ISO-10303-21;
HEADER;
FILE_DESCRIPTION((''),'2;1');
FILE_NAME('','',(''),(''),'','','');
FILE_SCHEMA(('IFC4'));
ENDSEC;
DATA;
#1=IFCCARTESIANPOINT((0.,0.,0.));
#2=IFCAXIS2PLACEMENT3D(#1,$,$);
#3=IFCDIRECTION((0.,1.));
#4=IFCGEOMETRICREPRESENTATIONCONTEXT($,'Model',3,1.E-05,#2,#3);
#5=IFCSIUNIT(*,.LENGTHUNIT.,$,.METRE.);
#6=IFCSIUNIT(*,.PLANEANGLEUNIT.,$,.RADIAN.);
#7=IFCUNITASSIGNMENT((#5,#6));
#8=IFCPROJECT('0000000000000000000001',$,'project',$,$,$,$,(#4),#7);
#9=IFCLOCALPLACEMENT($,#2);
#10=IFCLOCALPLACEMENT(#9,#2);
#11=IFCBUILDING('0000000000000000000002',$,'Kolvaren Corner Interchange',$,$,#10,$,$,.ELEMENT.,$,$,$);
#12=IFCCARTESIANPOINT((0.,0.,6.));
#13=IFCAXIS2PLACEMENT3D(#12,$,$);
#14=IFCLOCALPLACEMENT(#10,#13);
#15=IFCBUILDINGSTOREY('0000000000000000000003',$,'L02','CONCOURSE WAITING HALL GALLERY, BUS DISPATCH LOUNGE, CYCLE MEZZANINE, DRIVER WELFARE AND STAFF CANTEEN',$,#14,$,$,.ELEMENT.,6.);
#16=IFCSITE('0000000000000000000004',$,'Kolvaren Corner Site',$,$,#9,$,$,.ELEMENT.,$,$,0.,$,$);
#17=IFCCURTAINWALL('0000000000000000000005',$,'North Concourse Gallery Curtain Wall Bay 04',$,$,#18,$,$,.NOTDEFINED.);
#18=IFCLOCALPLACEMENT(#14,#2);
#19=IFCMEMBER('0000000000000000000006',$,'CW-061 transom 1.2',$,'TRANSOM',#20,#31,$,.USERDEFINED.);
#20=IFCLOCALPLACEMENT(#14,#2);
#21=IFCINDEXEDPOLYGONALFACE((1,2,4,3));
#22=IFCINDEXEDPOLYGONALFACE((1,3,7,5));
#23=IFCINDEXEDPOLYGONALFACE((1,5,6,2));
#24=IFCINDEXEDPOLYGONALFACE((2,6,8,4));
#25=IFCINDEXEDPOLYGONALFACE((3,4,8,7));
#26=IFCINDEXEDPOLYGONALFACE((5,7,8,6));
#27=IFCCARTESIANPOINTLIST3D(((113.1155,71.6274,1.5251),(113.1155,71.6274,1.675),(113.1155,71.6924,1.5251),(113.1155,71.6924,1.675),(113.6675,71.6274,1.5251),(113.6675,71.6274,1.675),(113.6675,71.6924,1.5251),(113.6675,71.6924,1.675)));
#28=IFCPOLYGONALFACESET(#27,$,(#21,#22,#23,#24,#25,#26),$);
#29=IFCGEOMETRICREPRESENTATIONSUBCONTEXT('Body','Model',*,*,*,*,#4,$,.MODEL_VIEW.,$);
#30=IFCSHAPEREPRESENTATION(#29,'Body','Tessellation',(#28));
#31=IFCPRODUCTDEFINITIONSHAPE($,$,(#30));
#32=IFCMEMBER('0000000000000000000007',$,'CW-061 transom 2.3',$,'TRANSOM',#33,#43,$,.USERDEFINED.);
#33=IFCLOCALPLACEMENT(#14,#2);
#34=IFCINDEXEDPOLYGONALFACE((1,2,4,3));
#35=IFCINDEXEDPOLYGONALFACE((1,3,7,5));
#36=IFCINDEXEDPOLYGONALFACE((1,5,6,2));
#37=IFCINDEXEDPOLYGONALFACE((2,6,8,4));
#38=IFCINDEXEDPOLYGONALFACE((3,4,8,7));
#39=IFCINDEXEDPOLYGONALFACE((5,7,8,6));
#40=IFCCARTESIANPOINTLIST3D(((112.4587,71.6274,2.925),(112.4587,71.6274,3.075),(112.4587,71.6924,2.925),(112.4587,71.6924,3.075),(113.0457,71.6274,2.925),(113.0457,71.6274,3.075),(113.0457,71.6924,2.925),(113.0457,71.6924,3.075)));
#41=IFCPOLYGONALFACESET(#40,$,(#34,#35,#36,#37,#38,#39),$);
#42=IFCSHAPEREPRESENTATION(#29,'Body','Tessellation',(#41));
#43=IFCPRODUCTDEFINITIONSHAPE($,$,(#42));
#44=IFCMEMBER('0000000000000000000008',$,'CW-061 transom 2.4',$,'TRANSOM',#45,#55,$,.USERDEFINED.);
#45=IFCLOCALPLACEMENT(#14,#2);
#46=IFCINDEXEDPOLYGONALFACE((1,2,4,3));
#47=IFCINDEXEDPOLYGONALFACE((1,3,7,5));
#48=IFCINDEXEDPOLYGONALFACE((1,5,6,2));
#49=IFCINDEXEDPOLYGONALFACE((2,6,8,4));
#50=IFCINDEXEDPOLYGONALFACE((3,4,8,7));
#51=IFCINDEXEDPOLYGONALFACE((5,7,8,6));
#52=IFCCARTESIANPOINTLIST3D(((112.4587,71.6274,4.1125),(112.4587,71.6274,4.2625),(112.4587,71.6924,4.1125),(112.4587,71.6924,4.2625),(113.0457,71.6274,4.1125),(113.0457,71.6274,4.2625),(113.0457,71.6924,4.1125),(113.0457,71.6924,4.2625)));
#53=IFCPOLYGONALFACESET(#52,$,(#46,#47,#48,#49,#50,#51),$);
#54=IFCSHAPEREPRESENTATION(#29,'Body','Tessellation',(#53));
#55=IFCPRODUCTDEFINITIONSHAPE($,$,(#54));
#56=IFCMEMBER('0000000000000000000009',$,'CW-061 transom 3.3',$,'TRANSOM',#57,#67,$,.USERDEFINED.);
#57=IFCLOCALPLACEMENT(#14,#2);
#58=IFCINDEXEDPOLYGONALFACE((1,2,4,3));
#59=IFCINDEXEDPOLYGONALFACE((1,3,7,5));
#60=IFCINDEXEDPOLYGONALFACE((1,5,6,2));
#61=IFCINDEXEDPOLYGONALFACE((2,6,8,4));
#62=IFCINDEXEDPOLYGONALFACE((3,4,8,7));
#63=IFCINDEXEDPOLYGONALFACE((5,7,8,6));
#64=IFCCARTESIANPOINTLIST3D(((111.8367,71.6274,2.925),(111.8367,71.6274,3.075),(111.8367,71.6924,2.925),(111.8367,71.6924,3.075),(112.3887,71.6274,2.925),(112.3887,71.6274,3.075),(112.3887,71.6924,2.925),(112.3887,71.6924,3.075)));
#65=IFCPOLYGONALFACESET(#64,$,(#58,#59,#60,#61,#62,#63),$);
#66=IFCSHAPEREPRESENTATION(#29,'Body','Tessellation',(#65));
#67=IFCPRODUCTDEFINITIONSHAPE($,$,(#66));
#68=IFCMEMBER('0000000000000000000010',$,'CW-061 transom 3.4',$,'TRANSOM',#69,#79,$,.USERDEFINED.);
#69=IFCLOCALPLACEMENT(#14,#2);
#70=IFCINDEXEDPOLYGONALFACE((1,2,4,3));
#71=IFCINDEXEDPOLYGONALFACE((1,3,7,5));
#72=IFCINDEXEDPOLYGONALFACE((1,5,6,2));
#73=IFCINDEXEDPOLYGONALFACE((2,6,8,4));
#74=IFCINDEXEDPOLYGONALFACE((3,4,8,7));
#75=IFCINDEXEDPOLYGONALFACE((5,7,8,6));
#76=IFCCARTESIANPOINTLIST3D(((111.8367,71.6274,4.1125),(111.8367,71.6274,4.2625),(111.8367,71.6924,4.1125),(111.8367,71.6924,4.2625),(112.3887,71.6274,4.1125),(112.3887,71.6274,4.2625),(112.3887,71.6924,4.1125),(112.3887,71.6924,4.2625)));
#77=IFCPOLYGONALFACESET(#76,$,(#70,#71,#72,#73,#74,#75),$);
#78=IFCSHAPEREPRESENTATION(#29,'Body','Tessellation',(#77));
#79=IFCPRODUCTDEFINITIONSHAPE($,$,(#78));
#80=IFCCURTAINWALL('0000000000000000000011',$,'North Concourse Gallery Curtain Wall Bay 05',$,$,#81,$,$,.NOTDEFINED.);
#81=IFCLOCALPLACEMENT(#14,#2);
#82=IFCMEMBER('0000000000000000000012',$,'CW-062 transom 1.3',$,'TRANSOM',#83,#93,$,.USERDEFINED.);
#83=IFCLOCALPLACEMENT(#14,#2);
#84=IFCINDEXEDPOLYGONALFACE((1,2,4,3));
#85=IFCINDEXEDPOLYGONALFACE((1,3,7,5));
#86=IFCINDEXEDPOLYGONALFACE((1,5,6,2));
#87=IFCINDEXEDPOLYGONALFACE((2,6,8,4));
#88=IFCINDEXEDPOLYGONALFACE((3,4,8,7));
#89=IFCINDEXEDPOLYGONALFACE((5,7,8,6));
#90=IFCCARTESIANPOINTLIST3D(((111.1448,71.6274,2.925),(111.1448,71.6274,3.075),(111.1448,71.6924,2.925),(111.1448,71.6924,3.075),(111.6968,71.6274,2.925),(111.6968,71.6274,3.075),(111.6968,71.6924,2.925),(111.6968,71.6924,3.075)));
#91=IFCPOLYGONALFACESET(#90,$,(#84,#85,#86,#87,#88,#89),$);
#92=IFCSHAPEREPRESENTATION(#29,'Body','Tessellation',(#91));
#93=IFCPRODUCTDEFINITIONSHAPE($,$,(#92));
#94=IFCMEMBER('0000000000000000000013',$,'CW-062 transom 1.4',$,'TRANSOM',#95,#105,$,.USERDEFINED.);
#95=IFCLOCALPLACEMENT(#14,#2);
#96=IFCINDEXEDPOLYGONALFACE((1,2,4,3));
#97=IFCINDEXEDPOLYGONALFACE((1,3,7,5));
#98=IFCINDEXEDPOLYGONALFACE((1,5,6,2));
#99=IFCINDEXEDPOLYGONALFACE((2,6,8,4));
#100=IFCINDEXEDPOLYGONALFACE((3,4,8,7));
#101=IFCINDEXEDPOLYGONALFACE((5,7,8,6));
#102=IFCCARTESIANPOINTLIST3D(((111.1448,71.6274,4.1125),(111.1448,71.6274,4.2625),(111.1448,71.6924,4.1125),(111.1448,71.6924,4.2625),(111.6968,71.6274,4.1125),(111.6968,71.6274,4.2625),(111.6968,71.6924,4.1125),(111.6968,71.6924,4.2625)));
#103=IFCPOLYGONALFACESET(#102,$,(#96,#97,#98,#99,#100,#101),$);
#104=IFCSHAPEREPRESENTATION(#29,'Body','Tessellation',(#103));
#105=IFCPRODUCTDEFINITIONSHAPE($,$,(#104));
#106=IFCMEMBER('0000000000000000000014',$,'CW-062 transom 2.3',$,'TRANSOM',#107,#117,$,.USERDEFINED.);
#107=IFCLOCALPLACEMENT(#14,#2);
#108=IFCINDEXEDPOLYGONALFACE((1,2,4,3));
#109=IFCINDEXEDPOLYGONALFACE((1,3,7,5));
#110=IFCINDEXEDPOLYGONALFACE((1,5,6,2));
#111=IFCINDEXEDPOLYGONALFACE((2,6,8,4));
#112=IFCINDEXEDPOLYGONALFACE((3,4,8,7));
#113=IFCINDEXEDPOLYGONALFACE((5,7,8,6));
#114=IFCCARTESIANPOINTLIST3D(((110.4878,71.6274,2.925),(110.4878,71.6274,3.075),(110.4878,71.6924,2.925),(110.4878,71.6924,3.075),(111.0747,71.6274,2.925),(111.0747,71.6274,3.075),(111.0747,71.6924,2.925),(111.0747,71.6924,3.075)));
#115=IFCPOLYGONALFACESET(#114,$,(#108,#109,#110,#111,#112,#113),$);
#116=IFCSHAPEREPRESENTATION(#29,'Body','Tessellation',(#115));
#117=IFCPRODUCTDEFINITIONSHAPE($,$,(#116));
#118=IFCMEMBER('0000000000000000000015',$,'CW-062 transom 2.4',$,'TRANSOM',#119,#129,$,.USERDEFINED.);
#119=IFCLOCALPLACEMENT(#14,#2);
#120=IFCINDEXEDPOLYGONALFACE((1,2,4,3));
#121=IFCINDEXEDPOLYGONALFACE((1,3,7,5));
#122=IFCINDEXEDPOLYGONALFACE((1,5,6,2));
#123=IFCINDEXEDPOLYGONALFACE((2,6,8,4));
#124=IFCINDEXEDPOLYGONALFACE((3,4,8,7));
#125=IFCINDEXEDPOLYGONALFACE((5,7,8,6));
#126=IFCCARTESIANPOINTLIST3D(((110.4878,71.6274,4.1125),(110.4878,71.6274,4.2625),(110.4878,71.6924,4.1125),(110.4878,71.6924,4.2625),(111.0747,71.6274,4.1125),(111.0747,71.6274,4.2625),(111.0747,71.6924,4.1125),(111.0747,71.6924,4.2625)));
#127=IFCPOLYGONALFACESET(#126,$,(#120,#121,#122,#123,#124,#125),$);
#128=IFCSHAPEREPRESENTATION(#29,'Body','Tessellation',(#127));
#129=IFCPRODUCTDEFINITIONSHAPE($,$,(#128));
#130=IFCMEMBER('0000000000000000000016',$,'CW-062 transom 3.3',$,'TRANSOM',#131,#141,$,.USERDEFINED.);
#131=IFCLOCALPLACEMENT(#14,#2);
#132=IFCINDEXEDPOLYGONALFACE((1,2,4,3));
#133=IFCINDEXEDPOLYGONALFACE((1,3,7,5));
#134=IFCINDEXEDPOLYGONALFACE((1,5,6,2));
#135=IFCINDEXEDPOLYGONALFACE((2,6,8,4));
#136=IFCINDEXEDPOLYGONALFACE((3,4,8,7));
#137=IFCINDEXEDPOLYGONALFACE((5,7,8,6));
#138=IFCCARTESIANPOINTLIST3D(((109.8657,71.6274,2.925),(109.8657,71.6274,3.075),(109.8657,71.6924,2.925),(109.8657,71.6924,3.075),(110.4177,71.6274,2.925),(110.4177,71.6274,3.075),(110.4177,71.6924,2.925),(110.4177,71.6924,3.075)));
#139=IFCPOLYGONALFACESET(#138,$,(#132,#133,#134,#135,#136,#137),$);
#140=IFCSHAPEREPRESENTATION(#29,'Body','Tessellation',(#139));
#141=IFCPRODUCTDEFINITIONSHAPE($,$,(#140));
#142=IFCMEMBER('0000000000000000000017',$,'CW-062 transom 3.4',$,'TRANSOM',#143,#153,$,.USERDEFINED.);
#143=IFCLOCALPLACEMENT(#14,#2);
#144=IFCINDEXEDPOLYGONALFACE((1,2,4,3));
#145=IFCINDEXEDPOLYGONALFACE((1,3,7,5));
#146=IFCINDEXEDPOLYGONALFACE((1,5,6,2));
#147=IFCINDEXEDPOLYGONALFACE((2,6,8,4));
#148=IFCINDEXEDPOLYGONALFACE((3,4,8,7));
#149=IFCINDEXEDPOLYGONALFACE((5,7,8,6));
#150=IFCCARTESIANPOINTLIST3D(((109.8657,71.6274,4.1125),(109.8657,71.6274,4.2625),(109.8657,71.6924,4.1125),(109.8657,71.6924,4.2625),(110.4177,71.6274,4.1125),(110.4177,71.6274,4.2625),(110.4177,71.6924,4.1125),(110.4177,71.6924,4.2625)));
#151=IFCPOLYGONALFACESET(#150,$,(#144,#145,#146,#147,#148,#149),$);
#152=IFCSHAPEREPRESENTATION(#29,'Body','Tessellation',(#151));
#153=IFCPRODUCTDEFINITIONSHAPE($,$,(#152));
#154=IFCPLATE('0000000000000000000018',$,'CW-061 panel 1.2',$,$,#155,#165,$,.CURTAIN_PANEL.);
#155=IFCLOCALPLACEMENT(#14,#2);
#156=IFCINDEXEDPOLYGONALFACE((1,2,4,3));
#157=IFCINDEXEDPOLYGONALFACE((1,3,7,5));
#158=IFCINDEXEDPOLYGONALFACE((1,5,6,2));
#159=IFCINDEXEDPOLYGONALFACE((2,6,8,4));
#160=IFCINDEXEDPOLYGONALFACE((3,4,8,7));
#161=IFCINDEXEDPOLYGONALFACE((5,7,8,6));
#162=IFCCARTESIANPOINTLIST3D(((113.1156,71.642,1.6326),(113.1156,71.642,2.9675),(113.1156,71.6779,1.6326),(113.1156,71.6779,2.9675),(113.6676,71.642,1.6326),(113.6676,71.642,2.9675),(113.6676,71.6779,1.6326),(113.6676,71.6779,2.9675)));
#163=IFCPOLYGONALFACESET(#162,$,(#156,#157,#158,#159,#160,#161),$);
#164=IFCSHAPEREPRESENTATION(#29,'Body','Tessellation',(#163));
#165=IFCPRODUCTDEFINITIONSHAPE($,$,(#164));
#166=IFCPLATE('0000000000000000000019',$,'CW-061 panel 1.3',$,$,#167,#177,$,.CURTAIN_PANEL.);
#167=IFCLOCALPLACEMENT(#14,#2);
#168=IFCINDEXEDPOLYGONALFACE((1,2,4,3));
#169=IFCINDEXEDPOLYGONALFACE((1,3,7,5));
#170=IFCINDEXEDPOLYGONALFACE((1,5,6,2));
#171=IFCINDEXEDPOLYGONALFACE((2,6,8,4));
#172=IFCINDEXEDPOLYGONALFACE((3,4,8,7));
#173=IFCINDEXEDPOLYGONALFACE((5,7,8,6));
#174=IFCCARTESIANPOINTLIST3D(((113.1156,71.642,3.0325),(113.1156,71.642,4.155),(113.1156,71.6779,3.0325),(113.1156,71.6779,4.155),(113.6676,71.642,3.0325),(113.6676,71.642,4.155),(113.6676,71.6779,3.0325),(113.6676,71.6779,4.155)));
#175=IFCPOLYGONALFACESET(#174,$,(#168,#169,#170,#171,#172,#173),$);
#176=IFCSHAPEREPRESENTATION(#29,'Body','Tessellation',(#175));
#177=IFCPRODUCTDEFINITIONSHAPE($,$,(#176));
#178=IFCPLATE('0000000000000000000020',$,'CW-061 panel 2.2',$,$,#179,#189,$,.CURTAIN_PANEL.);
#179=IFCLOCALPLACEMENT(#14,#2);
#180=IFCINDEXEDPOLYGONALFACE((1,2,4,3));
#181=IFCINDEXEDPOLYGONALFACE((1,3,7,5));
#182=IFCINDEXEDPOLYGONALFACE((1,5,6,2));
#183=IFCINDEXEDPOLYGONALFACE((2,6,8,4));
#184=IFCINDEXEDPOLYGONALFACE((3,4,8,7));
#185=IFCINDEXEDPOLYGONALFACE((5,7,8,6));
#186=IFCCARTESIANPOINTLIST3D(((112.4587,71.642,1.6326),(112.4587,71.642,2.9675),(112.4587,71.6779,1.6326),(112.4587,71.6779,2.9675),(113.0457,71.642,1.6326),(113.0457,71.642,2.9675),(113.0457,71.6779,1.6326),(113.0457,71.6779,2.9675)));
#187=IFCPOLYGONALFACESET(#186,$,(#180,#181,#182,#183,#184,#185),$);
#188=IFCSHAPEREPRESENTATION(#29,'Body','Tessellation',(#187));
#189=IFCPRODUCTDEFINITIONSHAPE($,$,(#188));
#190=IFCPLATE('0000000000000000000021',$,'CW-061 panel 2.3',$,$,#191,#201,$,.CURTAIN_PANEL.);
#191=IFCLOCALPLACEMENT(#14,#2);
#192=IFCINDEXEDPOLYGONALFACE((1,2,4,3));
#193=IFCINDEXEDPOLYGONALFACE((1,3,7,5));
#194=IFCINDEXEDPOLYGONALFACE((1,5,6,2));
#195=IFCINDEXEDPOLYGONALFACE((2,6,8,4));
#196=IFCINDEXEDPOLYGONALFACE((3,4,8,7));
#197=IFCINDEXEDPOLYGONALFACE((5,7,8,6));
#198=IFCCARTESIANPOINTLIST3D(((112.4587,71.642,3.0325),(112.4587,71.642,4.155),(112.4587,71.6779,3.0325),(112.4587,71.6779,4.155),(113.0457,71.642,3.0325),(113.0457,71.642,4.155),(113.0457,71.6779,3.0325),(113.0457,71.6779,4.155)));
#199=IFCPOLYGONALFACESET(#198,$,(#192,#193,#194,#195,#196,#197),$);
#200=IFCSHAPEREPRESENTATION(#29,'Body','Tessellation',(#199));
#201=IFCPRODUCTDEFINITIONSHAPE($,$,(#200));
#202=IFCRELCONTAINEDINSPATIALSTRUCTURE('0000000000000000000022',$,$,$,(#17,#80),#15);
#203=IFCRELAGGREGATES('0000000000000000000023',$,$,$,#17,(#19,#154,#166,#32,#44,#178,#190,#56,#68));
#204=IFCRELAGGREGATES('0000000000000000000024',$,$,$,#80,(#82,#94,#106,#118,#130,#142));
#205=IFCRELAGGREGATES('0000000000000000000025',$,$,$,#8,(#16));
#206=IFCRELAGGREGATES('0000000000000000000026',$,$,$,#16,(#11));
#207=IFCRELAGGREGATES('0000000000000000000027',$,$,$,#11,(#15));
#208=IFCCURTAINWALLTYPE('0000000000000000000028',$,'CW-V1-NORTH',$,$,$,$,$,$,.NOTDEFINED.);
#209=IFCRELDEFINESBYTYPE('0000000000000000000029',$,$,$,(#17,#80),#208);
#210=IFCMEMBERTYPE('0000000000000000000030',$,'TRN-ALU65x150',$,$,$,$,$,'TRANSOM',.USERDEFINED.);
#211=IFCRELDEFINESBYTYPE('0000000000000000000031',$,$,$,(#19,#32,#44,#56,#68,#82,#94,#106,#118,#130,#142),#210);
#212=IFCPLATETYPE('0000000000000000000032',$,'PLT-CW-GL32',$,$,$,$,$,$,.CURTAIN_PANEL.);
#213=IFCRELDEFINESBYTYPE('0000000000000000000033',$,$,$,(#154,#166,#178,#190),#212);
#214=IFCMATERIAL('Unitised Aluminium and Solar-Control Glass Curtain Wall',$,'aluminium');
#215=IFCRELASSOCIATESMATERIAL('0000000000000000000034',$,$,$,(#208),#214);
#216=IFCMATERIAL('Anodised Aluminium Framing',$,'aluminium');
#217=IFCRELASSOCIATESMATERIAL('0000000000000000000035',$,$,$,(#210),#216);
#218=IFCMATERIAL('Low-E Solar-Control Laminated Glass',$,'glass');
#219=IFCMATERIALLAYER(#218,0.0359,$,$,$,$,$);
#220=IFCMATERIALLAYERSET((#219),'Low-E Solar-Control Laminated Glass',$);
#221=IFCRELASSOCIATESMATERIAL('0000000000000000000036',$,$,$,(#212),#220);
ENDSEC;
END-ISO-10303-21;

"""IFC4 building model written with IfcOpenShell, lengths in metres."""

from ifc_helpers import new_model, si_unit, direction, frame, origin, origin_2d, place, context, subcontext, project, spatial, rectangle, extrude, material, layer, layer_set, material_profile, profile_set, type_object, element, aggregate, save


model = new_model("IFC4")

# Units and contexts
model_context = context("Model", 3, precision=1e-05, world=origin(), true_north=direction((0.0, 1.0)))
body_context = subcontext(model_context, "Body", "Model", "MODEL_VIEW")
ifc_project = project(units=[si_unit("LENGTHUNIT", "METRE"), si_unit("PLANEANGLEUNIT", "RADIAN")], contexts=[model_context])

# Site, building, storey
site_placement = place(None, origin())
site = spatial("IfcSite", under=ifc_project, at=site_placement, Name="Kolvaren Corner Site", CompositionType="ELEMENT", RefElevation=0.0)
building_placement = place(site_placement, origin())
building = spatial("IfcBuilding", under=site, at=building_placement, Name="Kolvaren Corner Interchange", CompositionType="ELEMENT")
storey_placement = place(building_placement, frame((0.0, 0.0, 6.0)))
storey = spatial("IfcBuildingStorey", under=building, at=storey_placement, Name="L02", Description="CONCOURSE WAITING HALL GALLERY, BUS DISPATCH LOUNGE, CYCLE MEZZANINE, DRIVER WELFARE AND STAFF CANTEEN", CompositionType="ELEMENT", Elevation=6.0)

# Curtain walls, members
ifc_material_1 = material(Name="Unitised Aluminium and Solar-Control Glass Curtain Wall", Category="aluminium")
curtain_wall_type = type_object("IfcCurtainWallType", Name="CW-V1-NORTH", PredefinedType="NOTDEFINED", material=ifc_material_1)
curtain_wall_1_placement = place(storey_placement, origin())
curtain_wall_1 = element("IfcCurtainWall", 1, at=curtain_wall_1_placement, inside=storey, type_object=curtain_wall_type, Name="North Concourse Gallery Curtain Wall Bay 04", PredefinedType="NOTDEFINED")
ifc_material_2 = material(Name="Anodised Aluminium Framing", Category="aluminium")
ifc_material_profile = material_profile(ifc_material_2, rectangle(XDim=0.0649, YDim=0.1499, at=origin_2d()), Name="ALU 65x150")
ifc_profile_set = profile_set([ifc_material_profile], Name="Anodised Aluminium Framing")
member_type = type_object("IfcMemberType", Name="TRN-ALU65x150", ElementType="TRANSOM", PredefinedType="USERDEFINED", material=ifc_profile_set)
member_1_placement = place(storey_placement, frame((113.6675, 71.6599, 1.6001), z_axis=(-1.0, 0.0, 0.0), x_axis=(0.0, -1.0, 0.0)))
member_1 = element("IfcMember", 2, at=member_1_placement, type_object=member_type, Name="CW-061 transom 1.2", ObjectType="TRANSOM", PredefinedType="USERDEFINED", context=body_context, shape_type="SweptSolid", body=[
    extrude(rectangle(XDim=0.0649, YDim=0.1499, at=origin_2d()), origin(), (0.0, 0.0, 1.0), 0.552),
])
member_2_placement = place(storey_placement, frame((113.0457, 71.6599, 3.0), z_axis=(-1.0, 0.0, 0.0), x_axis=(0.0, -1.0, 0.0)))
member_2 = element("IfcMember", 3, at=member_2_placement, type_object=member_type, Name="CW-061 transom 2.3", ObjectType="TRANSOM", PredefinedType="USERDEFINED", context=body_context, shape_type="SweptSolid", body=[
    extrude(rectangle(XDim=0.0649, YDim=0.1499, at=origin_2d()), origin(), (0.0, 0.0, 1.0), 0.5869),
])
member_3_placement = place(storey_placement, frame((113.0457, 71.6599, 4.1875), z_axis=(-1.0, 0.0, 0.0), x_axis=(0.0, -1.0, 0.0)))
member_3 = element("IfcMember", 4, at=member_3_placement, type_object=member_type, Name="CW-061 transom 2.4", ObjectType="TRANSOM", PredefinedType="USERDEFINED", context=body_context, shape_type="SweptSolid", body=[
    extrude(rectangle(XDim=0.0649, YDim=0.1499, at=origin_2d()), origin(), (0.0, 0.0, 1.0), 0.5869),
])
member_4_placement = place(storey_placement, frame((112.3887, 71.6599, 3.0), z_axis=(-1.0, 0.0, 0.0), x_axis=(0.0, -1.0, 0.0)))
member_4 = element("IfcMember", 5, at=member_4_placement, type_object=member_type, Name="CW-061 transom 3.3", ObjectType="TRANSOM", PredefinedType="USERDEFINED", context=body_context, shape_type="SweptSolid", body=[
    extrude(rectangle(XDim=0.0649, YDim=0.1499, at=origin_2d()), origin(), (0.0, 0.0, 1.0), 0.552),
])
member_5_placement = place(storey_placement, frame((112.3887, 71.6599, 4.1875), z_axis=(-1.0, 0.0, 0.0), x_axis=(0.0, -1.0, 0.0)))
member_5 = element("IfcMember", 6, at=member_5_placement, type_object=member_type, Name="CW-061 transom 3.4", ObjectType="TRANSOM", PredefinedType="USERDEFINED", context=body_context, shape_type="SweptSolid", body=[
    extrude(rectangle(XDim=0.0649, YDim=0.1499, at=origin_2d()), origin(), (0.0, 0.0, 1.0), 0.552),
])
curtain_wall_2_placement = place(storey_placement, origin())
curtain_wall_2 = element("IfcCurtainWall", 7, at=curtain_wall_2_placement, inside=storey, type_object=curtain_wall_type, Name="North Concourse Gallery Curtain Wall Bay 05", PredefinedType="NOTDEFINED")
member_6_placement = place(storey_placement, frame((111.6968, 71.6599, 3.0), z_axis=(-1.0, 0.0, 0.0), x_axis=(0.0, -1.0, 0.0)))
member_6 = element("IfcMember", 8, at=member_6_placement, type_object=member_type, Name="CW-062 transom 1.3", ObjectType="TRANSOM", PredefinedType="USERDEFINED", context=body_context, shape_type="SweptSolid", body=[
    extrude(rectangle(XDim=0.0649, YDim=0.1499, at=origin_2d()), origin(), (0.0, 0.0, 1.0), 0.552),
])
member_7_placement = place(storey_placement, frame((111.6968, 71.6599, 4.1875), z_axis=(-1.0, 0.0, 0.0), x_axis=(0.0, -1.0, 0.0)))
member_7 = element("IfcMember", 9, at=member_7_placement, type_object=member_type, Name="CW-062 transom 1.4", ObjectType="TRANSOM", PredefinedType="USERDEFINED", context=body_context, shape_type="SweptSolid", body=[
    extrude(rectangle(XDim=0.0649, YDim=0.1499, at=origin_2d()), origin(), (0.0, 0.0, 1.0), 0.552),
])
member_8_placement = place(storey_placement, frame((111.0747, 71.6599, 3.0), z_axis=(-1.0, 0.0, 0.0), x_axis=(0.0, -1.0, 0.0)))
member_8 = element("IfcMember", 10, at=member_8_placement, type_object=member_type, Name="CW-062 transom 2.3", ObjectType="TRANSOM", PredefinedType="USERDEFINED", context=body_context, shape_type="SweptSolid", body=[
    extrude(rectangle(XDim=0.0649, YDim=0.1499, at=origin_2d()), origin(), (0.0, 0.0, 1.0), 0.5869),
])
member_9_placement = place(storey_placement, frame((111.0747, 71.6599, 4.1875), z_axis=(-1.0, 0.0, 0.0), x_axis=(0.0, -1.0, 0.0)))
member_9 = element("IfcMember", 11, at=member_9_placement, type_object=member_type, Name="CW-062 transom 2.4", ObjectType="TRANSOM", PredefinedType="USERDEFINED", context=body_context, shape_type="SweptSolid", body=[
    extrude(rectangle(XDim=0.0649, YDim=0.1499, at=origin_2d()), origin(), (0.0, 0.0, 1.0), 0.5869),
])
member_10_placement = place(storey_placement, frame((110.4177, 71.6599, 3.0), z_axis=(-1.0, 0.0, 0.0), x_axis=(0.0, -1.0, 0.0)))
member_10 = element("IfcMember", 12, at=member_10_placement, type_object=member_type, Name="CW-062 transom 3.3", ObjectType="TRANSOM", PredefinedType="USERDEFINED", context=body_context, shape_type="SweptSolid", body=[
    extrude(rectangle(XDim=0.0649, YDim=0.1499, at=origin_2d()), origin(), (0.0, 0.0, 1.0), 0.552),
])
member_11_placement = place(storey_placement, frame((110.4177, 71.6599, 4.1875), z_axis=(-1.0, 0.0, 0.0), x_axis=(0.0, -1.0, 0.0)))
member_11 = element("IfcMember", 13, at=member_11_placement, type_object=member_type, Name="CW-062 transom 3.4", ObjectType="TRANSOM", PredefinedType="USERDEFINED", context=body_context, shape_type="SweptSolid", body=[
    extrude(rectangle(XDim=0.0649, YDim=0.1499, at=origin_2d()), origin(), (0.0, 0.0, 1.0), 0.552),
])

# Plates
ifc_material_3 = material(Name="Low-E Solar-Control Laminated Glass", Category="glass")
ifc_layer = layer(ifc_material_3, 0.0359)
ifc_layer_set = layer_set([ifc_layer], Name="Low-E Solar-Control Laminated Glass")
plate_type = type_object("IfcPlateType", Name="PLT-CW-GL32", PredefinedType="CURTAIN_PANEL", material=ifc_layer_set)
plate_1_placement = place(storey_placement, frame((113.3916, 71.6599, 1.6326), z_axis=(0.0, 0.0, 1.0), x_axis=(-1.0, 0.0, 0.0)))
plate_1 = element("IfcPlate", 14, at=plate_1_placement, type_object=plate_type, Name="CW-061 panel 1.2", PredefinedType="CURTAIN_PANEL", context=body_context, shape_type="SweptSolid", body=[
    extrude(rectangle(XDim=0.552, YDim=0.0359, at=origin_2d()), origin(), (0.0, 0.0, 1.0), 1.335),
])
plate_2_placement = place(storey_placement, frame((113.3916, 71.6599, 3.0325), z_axis=(0.0, 0.0, 1.0), x_axis=(-1.0, 0.0, 0.0)))
plate_2 = element("IfcPlate", 15, at=plate_2_placement, type_object=plate_type, Name="CW-061 panel 1.3", PredefinedType="CURTAIN_PANEL", context=body_context, shape_type="SweptSolid", body=[
    extrude(rectangle(XDim=0.552, YDim=0.0359, at=origin_2d()), origin(), (0.0, 0.0, 1.0), 1.1226),
])
plate_3_placement = place(storey_placement, frame((112.7522, 71.6599, 1.6326), z_axis=(0.0, 0.0, 1.0), x_axis=(-1.0, 0.0, 0.0)))
plate_3 = element("IfcPlate", 16, at=plate_3_placement, type_object=plate_type, Name="CW-061 panel 2.2", PredefinedType="CURTAIN_PANEL", context=body_context, shape_type="SweptSolid", body=[
    extrude(rectangle(XDim=0.5869, YDim=0.0359, at=origin_2d()), origin(), (0.0, 0.0, 1.0), 1.335),
])
plate_4_placement = place(storey_placement, frame((112.7522, 71.6599, 3.0325), z_axis=(0.0, 0.0, 1.0), x_axis=(-1.0, 0.0, 0.0)))
plate_4 = element("IfcPlate", 17, at=plate_4_placement, type_object=plate_type, Name="CW-061 panel 2.3", PredefinedType="CURTAIN_PANEL", context=body_context, shape_type="SweptSolid", body=[
    extrude(rectangle(XDim=0.5869, YDim=0.0359, at=origin_2d()), origin(), (0.0, 0.0, 1.0), 1.1226),
])
aggregate(curtain_wall_1, [member_1, plate_1, plate_2, member_2, member_3, plate_3, plate_4, member_4, member_5])
aggregate(curtain_wall_2, [member_6, member_7, member_8, member_9, member_10, member_11])

save(model, "model.ifc")
